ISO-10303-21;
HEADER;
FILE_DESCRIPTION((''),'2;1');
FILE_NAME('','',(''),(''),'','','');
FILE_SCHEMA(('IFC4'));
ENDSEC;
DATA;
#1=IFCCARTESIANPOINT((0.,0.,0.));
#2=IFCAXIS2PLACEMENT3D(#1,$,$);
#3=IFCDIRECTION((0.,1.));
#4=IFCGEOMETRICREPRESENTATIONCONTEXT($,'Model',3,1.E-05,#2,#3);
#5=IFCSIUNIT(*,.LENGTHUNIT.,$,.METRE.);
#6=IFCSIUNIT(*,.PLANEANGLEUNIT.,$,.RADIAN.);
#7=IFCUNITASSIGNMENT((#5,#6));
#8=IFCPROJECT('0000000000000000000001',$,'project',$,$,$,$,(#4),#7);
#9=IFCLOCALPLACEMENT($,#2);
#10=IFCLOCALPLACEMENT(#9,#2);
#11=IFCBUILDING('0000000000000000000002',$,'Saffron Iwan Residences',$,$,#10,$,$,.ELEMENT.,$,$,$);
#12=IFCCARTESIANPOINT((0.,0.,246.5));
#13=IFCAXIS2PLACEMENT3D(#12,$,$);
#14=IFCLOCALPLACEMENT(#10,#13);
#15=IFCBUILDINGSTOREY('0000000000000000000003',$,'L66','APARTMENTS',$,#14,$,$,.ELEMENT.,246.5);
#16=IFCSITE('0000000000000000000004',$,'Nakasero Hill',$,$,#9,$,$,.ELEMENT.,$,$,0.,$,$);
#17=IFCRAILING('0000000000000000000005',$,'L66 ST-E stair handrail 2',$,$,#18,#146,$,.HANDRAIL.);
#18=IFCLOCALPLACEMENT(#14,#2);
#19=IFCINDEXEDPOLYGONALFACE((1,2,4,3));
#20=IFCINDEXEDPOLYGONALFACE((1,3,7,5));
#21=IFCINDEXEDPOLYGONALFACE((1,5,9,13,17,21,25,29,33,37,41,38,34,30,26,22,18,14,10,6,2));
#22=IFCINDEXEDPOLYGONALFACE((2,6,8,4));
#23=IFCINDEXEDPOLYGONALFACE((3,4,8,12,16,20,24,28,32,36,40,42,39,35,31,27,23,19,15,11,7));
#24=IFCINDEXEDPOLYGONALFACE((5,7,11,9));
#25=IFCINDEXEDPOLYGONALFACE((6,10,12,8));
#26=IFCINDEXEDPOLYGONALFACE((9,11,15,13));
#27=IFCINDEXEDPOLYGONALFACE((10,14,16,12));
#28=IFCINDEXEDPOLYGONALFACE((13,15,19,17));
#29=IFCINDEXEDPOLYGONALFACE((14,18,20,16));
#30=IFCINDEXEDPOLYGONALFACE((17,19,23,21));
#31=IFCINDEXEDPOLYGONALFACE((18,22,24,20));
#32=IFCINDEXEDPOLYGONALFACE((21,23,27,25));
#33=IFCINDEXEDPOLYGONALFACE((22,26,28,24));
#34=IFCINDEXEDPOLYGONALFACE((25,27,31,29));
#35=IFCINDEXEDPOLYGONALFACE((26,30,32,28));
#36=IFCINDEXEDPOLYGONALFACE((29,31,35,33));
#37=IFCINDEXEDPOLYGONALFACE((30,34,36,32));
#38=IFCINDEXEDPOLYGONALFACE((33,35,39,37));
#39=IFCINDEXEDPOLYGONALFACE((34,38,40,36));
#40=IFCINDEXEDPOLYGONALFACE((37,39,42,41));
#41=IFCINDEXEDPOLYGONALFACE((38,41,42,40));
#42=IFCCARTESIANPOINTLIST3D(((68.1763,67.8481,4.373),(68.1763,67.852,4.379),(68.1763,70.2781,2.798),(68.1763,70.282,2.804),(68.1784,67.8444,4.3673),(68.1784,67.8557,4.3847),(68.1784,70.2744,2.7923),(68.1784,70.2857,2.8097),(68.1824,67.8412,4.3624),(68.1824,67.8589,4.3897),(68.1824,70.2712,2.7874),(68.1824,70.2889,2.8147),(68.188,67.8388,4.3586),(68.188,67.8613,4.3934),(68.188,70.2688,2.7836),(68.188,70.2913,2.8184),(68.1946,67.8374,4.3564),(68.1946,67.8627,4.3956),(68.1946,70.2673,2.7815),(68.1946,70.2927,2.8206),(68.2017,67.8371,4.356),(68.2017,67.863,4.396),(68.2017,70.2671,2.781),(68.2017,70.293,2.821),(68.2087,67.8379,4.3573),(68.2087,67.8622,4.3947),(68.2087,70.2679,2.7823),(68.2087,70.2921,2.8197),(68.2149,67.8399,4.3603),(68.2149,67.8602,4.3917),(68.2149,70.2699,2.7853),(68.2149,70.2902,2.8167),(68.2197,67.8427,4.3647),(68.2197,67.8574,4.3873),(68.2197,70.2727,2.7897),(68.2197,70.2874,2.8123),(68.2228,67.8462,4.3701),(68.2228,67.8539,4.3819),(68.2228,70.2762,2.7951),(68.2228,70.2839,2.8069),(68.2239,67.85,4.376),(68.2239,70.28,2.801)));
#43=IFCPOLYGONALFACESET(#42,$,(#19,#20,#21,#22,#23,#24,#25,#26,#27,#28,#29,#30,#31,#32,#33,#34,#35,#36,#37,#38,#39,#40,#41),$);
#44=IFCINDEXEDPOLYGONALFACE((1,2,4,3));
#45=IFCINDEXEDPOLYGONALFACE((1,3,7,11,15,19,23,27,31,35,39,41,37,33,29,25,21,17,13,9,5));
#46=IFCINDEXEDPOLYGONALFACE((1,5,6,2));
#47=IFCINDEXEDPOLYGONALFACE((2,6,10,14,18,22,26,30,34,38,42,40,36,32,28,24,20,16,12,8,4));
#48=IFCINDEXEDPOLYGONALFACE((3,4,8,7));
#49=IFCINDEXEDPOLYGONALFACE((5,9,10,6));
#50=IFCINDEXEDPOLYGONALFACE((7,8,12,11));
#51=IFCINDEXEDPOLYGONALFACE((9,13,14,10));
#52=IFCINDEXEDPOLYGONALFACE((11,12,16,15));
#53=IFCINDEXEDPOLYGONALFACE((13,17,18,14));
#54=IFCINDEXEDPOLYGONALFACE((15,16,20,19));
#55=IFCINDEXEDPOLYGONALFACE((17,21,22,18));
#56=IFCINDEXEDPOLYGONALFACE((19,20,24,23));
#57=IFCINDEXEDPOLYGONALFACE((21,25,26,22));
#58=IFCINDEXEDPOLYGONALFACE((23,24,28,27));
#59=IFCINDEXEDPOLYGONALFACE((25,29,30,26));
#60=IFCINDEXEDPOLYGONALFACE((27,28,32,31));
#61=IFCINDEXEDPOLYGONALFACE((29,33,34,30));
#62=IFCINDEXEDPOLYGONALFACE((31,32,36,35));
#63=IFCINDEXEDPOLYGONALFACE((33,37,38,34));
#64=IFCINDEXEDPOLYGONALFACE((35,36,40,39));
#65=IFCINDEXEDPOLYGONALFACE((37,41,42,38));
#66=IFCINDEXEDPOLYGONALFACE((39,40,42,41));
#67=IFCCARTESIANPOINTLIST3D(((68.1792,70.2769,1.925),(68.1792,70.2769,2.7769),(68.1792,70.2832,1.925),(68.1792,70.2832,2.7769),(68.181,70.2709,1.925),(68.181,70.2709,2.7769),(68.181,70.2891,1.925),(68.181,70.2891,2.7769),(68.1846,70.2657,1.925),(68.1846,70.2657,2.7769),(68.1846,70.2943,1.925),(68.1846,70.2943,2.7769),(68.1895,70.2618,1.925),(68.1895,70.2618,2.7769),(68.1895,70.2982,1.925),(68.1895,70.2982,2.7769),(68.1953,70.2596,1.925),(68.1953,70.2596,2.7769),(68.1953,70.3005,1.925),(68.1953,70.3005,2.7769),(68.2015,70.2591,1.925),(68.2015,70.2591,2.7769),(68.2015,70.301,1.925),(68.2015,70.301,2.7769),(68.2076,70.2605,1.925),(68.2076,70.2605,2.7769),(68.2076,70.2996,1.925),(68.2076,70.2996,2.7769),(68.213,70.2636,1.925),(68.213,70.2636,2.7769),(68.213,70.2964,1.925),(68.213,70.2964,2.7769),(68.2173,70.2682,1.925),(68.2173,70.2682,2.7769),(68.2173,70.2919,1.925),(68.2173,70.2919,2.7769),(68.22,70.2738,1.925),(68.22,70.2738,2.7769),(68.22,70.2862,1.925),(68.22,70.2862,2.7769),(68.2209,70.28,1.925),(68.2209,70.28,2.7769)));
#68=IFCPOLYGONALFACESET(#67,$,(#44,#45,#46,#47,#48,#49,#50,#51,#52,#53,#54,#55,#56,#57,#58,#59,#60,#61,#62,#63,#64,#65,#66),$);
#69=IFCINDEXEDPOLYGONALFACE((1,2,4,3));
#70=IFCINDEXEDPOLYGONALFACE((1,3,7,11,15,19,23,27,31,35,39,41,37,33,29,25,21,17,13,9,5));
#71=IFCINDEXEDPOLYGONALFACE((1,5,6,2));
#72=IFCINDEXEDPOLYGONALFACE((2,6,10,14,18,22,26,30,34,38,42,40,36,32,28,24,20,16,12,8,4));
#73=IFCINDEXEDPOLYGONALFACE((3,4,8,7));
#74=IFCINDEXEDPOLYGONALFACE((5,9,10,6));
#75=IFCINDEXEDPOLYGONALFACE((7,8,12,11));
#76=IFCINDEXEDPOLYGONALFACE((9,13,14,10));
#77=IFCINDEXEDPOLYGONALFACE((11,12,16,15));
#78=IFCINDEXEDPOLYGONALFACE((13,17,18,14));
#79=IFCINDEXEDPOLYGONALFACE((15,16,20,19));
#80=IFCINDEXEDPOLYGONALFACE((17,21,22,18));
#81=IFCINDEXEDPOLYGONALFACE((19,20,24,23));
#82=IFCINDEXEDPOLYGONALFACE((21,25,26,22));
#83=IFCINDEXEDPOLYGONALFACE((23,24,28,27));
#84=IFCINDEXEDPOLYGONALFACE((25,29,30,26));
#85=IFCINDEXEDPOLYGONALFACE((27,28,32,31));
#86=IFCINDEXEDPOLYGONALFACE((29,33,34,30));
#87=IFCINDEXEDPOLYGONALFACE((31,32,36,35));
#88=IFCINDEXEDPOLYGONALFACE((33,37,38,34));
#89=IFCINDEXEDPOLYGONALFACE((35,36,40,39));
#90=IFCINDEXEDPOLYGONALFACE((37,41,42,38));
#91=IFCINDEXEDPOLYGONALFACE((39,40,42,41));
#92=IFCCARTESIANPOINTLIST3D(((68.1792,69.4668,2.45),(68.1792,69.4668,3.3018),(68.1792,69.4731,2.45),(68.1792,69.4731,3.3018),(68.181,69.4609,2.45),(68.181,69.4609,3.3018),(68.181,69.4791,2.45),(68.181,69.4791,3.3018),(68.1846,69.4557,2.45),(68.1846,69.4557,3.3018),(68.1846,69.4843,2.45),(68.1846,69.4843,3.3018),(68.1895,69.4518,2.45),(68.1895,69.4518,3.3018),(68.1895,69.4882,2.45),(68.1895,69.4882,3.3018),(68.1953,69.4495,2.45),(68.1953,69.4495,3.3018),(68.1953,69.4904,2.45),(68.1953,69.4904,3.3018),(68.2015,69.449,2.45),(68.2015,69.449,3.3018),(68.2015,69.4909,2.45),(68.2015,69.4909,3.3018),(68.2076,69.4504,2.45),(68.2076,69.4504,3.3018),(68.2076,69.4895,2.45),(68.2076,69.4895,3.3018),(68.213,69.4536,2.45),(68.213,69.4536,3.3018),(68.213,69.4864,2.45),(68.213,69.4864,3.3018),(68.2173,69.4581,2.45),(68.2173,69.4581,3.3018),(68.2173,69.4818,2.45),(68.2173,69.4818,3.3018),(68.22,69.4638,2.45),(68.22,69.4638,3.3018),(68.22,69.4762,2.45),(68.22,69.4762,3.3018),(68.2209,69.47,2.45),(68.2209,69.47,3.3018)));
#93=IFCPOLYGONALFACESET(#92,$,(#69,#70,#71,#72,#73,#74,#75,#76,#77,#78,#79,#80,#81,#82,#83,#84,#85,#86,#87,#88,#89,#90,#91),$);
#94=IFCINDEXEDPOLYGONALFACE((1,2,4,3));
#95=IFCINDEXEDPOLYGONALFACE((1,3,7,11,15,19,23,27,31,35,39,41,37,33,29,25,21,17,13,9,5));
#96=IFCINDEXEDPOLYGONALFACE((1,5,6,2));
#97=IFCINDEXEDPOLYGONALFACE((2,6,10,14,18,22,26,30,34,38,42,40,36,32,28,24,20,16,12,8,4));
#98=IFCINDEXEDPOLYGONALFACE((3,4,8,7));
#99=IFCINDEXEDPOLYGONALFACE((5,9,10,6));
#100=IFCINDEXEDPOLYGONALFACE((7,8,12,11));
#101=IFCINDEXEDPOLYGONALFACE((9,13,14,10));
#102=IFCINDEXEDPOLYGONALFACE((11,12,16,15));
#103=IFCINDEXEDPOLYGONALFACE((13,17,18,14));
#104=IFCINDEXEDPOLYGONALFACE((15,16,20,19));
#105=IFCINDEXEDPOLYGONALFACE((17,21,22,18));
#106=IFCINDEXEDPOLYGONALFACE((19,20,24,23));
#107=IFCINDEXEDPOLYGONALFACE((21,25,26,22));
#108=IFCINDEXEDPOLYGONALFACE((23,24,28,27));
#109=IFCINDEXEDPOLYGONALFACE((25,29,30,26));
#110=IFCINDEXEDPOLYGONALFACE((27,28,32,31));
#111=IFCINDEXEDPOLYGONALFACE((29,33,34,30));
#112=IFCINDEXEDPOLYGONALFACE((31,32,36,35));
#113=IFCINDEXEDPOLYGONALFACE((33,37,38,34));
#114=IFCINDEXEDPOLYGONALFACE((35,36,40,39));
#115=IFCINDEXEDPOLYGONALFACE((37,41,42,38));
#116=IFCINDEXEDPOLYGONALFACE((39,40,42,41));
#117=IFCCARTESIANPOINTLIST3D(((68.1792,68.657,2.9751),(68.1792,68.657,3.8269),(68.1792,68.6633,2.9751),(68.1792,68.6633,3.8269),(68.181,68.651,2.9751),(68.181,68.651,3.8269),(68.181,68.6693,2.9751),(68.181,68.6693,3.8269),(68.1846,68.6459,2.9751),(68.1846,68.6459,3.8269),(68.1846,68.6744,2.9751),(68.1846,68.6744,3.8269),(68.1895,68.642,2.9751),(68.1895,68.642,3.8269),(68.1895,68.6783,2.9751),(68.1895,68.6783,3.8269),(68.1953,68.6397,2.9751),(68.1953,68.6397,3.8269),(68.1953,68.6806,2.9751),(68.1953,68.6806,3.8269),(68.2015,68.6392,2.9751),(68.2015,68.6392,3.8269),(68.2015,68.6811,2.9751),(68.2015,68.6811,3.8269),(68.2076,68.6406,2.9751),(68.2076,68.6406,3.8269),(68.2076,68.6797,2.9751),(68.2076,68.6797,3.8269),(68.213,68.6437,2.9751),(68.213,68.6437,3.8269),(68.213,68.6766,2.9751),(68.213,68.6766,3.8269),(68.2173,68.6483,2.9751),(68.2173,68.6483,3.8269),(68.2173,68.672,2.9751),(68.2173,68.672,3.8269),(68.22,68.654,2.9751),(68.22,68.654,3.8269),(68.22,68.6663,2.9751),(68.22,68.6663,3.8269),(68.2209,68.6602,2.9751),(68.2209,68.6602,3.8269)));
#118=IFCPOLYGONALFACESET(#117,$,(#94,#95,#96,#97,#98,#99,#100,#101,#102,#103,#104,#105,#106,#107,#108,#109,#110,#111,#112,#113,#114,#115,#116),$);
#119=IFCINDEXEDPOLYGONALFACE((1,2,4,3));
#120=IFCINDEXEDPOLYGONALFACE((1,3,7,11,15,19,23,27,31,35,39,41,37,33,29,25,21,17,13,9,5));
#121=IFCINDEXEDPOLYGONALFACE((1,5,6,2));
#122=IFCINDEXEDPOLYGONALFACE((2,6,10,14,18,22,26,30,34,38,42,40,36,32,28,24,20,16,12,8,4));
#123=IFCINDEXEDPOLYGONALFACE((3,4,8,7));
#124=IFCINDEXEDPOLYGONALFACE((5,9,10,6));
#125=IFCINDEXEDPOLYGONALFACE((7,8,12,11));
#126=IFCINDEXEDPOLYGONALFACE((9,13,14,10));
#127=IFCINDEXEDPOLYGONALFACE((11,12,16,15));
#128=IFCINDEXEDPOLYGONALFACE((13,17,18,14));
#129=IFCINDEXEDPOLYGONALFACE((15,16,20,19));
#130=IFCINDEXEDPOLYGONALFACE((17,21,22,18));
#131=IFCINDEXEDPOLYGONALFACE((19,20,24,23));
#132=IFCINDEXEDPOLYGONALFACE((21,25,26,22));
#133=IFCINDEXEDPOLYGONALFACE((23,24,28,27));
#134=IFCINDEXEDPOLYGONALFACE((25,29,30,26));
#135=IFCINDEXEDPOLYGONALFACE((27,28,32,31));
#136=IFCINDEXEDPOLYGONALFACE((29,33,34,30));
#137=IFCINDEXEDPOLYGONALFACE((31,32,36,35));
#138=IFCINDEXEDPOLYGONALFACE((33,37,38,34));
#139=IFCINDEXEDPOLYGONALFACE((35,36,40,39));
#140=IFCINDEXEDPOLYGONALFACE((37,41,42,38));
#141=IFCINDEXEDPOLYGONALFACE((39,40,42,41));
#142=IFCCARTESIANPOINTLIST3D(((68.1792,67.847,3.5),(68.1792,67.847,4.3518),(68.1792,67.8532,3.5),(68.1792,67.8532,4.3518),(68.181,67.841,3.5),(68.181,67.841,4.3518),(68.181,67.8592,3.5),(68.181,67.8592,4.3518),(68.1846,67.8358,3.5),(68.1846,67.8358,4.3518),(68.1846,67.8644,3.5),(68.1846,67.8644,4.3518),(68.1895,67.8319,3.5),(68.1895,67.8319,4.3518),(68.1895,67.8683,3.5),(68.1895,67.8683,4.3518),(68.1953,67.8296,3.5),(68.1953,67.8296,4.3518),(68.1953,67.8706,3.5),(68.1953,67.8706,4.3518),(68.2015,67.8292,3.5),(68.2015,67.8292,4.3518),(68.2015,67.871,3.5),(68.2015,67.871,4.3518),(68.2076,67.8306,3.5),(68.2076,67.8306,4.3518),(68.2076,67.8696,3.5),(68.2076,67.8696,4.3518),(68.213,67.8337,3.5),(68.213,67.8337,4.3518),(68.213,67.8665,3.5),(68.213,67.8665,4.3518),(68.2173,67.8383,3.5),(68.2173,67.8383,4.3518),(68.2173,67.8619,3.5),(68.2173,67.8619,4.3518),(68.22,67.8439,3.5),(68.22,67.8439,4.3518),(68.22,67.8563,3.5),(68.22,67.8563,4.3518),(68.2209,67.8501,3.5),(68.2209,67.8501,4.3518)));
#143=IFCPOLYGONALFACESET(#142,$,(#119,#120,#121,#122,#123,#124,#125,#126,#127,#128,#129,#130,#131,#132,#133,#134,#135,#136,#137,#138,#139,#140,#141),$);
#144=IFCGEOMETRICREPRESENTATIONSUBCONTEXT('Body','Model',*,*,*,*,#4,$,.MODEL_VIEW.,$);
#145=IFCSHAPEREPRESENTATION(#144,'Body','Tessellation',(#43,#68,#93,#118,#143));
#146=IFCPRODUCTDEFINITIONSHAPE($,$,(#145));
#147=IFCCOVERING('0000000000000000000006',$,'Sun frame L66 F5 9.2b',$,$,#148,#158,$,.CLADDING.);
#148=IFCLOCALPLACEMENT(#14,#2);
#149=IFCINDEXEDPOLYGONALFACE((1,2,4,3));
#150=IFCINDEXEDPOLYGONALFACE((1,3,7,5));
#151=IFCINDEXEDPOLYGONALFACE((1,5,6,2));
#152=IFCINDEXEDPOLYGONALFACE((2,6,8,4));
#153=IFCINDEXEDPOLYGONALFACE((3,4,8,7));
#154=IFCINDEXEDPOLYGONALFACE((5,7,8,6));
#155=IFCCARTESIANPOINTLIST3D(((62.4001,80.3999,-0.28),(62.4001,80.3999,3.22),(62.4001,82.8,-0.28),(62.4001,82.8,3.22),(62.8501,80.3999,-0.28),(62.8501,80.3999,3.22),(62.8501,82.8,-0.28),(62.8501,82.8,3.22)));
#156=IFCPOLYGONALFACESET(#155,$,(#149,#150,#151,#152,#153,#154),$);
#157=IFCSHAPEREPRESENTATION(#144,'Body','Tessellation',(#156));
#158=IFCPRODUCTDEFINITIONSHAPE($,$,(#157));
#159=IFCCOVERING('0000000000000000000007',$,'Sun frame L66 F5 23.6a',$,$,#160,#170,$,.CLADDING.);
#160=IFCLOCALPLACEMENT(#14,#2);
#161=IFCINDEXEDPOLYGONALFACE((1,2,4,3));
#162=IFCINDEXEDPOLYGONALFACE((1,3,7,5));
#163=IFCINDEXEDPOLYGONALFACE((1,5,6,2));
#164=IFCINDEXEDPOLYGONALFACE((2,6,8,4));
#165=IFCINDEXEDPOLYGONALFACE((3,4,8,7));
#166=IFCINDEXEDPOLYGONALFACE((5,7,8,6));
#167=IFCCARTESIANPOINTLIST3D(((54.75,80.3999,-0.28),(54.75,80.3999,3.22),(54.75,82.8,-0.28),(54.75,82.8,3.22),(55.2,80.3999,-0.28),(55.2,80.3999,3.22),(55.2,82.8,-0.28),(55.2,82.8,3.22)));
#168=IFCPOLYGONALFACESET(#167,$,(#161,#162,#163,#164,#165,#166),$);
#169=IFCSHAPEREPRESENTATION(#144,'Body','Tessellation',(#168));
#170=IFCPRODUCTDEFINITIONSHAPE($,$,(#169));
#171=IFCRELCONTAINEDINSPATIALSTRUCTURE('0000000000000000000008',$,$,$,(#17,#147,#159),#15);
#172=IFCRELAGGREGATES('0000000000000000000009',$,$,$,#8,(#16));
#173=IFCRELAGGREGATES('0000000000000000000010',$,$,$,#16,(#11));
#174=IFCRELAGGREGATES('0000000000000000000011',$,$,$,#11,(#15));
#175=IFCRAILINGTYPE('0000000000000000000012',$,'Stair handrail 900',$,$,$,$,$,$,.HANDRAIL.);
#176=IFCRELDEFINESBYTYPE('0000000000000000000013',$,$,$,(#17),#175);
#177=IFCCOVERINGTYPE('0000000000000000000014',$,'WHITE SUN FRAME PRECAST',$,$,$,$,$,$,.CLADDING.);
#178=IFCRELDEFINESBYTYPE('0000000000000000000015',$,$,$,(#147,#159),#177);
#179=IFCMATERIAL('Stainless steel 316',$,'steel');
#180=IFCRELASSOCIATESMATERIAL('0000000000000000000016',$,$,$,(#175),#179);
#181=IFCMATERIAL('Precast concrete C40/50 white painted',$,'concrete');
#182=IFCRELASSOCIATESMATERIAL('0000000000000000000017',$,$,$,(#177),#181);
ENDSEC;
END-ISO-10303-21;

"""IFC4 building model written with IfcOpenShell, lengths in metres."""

from ifc_helpers import new_model, si_unit, direction, frame, origin, origin_2d, place, context, subcontext, project, spatial, polyline, circle, outline, extrude, material, type_object, element, save


model = new_model("IFC4")

# Units and contexts
model_context = context("Model", 3, precision=1e-05, world=origin(), true_north=direction((0.0, 1.0)))
body_context = subcontext(model_context, "Body", "Model", "MODEL_VIEW")
ifc_project = project(units=[si_unit("LENGTHUNIT", "METRE"), si_unit("PLANEANGLEUNIT", "RADIAN")], contexts=[model_context])

# Site, building, storey
site_placement = place(None, origin())
site = spatial("IfcSite", under=ifc_project, at=site_placement, Name="Nakasero Hill", CompositionType="ELEMENT", RefElevation=0.0)
building_placement = place(site_placement, origin())
building = spatial("IfcBuilding", under=site, at=building_placement, Name="Saffron Iwan Residences", CompositionType="ELEMENT")
storey_placement = place(building_placement, frame((0.0, 0.0, 246.5)))
storey = spatial("IfcBuildingStorey", under=building, at=storey_placement, Name="L66", Description="APARTMENTS", CompositionType="ELEMENT", Elevation=246.5)

# Railing
ifc_material_1 = material(Name="Stainless steel 316", Category="steel")
railing_type = type_object("IfcRailingType", Name="Stair handrail 900", PredefinedType="HANDRAIL", material=ifc_material_1)
railing_1_placement = place(storey_placement, frame((68.2, 70.28, 1.925)))
element("IfcRailing", 1, at=railing_1_placement, inside=storey, type_object=railing_type, Name="L66 ST-E stair handrail 2", PredefinedType="HANDRAIL", context=body_context, shape_type="SweptSolid", body=[
    extrude(circle(Radius=0.0239, at=origin_2d()), frame((0.0, 0.0, 0.876), z_axis=(0.0, -0.839154, 0.543894), x_axis=(1.0, 0.0, 0.0)), (0.0, 0.0, 1.0), 2.8958),
    extrude(circle(Radius=0.021, at=origin_2d()), origin(), (0.0, 0.0, 1.0), 0.8518),
    extrude(circle(Radius=0.021, at=origin_2d()), frame((0.0, -0.8101, 0.5249)), (0.0, 0.0, 1.0), 0.8518),
    extrude(circle(Radius=0.021, at=origin_2d()), frame((0.0, -1.6199, 1.05)), (0.0, 0.0, 1.0), 0.8518),
    extrude(circle(Radius=0.021, at=origin_2d()), frame((0.0, -2.4299, 1.575)), (0.0, 0.0, 1.0), 0.8518),
])

# Coverings
ifc_material_2 = material(Name="Precast concrete C40/50 white painted", Category="concrete")
covering_type_1 = type_object("IfcCoveringType", Name="WHITE SUN FRAME PRECAST", PredefinedType="CLADDING", material=ifc_material_2)
for number, where, z_axis, x_axis, name in (
    (2, (62.8501, 80.3999, -0.28), (0.0, 1.0, 0.0), (-1.0, 0.0, 0.0), "Sun frame L66 F5 9.2b"),
    (3, (55.2, 80.3999, -0.28), (0.0, 1.0, 0.0), (-1.0, 0.0, 0.0), "Sun frame L66 F5 23.6a"),
):
    element("IfcCovering", number, at=place(storey_placement, frame(where, z_axis=z_axis, x_axis=x_axis)), inside=storey, type_object=covering_type_1, Name=name, PredefinedType="CLADDING", context=body_context, shape_type="SweptSolid", body=[
        extrude(outline(polyline([(0.0, 0.0), (0.45, 0.0), (0.45, 3.5), (0.0, 3.5), (0.0, 0.0)])), origin(), (0.0, 0.0, 1.0), 2.4001),
    ])

save(model, "model.ifc")
